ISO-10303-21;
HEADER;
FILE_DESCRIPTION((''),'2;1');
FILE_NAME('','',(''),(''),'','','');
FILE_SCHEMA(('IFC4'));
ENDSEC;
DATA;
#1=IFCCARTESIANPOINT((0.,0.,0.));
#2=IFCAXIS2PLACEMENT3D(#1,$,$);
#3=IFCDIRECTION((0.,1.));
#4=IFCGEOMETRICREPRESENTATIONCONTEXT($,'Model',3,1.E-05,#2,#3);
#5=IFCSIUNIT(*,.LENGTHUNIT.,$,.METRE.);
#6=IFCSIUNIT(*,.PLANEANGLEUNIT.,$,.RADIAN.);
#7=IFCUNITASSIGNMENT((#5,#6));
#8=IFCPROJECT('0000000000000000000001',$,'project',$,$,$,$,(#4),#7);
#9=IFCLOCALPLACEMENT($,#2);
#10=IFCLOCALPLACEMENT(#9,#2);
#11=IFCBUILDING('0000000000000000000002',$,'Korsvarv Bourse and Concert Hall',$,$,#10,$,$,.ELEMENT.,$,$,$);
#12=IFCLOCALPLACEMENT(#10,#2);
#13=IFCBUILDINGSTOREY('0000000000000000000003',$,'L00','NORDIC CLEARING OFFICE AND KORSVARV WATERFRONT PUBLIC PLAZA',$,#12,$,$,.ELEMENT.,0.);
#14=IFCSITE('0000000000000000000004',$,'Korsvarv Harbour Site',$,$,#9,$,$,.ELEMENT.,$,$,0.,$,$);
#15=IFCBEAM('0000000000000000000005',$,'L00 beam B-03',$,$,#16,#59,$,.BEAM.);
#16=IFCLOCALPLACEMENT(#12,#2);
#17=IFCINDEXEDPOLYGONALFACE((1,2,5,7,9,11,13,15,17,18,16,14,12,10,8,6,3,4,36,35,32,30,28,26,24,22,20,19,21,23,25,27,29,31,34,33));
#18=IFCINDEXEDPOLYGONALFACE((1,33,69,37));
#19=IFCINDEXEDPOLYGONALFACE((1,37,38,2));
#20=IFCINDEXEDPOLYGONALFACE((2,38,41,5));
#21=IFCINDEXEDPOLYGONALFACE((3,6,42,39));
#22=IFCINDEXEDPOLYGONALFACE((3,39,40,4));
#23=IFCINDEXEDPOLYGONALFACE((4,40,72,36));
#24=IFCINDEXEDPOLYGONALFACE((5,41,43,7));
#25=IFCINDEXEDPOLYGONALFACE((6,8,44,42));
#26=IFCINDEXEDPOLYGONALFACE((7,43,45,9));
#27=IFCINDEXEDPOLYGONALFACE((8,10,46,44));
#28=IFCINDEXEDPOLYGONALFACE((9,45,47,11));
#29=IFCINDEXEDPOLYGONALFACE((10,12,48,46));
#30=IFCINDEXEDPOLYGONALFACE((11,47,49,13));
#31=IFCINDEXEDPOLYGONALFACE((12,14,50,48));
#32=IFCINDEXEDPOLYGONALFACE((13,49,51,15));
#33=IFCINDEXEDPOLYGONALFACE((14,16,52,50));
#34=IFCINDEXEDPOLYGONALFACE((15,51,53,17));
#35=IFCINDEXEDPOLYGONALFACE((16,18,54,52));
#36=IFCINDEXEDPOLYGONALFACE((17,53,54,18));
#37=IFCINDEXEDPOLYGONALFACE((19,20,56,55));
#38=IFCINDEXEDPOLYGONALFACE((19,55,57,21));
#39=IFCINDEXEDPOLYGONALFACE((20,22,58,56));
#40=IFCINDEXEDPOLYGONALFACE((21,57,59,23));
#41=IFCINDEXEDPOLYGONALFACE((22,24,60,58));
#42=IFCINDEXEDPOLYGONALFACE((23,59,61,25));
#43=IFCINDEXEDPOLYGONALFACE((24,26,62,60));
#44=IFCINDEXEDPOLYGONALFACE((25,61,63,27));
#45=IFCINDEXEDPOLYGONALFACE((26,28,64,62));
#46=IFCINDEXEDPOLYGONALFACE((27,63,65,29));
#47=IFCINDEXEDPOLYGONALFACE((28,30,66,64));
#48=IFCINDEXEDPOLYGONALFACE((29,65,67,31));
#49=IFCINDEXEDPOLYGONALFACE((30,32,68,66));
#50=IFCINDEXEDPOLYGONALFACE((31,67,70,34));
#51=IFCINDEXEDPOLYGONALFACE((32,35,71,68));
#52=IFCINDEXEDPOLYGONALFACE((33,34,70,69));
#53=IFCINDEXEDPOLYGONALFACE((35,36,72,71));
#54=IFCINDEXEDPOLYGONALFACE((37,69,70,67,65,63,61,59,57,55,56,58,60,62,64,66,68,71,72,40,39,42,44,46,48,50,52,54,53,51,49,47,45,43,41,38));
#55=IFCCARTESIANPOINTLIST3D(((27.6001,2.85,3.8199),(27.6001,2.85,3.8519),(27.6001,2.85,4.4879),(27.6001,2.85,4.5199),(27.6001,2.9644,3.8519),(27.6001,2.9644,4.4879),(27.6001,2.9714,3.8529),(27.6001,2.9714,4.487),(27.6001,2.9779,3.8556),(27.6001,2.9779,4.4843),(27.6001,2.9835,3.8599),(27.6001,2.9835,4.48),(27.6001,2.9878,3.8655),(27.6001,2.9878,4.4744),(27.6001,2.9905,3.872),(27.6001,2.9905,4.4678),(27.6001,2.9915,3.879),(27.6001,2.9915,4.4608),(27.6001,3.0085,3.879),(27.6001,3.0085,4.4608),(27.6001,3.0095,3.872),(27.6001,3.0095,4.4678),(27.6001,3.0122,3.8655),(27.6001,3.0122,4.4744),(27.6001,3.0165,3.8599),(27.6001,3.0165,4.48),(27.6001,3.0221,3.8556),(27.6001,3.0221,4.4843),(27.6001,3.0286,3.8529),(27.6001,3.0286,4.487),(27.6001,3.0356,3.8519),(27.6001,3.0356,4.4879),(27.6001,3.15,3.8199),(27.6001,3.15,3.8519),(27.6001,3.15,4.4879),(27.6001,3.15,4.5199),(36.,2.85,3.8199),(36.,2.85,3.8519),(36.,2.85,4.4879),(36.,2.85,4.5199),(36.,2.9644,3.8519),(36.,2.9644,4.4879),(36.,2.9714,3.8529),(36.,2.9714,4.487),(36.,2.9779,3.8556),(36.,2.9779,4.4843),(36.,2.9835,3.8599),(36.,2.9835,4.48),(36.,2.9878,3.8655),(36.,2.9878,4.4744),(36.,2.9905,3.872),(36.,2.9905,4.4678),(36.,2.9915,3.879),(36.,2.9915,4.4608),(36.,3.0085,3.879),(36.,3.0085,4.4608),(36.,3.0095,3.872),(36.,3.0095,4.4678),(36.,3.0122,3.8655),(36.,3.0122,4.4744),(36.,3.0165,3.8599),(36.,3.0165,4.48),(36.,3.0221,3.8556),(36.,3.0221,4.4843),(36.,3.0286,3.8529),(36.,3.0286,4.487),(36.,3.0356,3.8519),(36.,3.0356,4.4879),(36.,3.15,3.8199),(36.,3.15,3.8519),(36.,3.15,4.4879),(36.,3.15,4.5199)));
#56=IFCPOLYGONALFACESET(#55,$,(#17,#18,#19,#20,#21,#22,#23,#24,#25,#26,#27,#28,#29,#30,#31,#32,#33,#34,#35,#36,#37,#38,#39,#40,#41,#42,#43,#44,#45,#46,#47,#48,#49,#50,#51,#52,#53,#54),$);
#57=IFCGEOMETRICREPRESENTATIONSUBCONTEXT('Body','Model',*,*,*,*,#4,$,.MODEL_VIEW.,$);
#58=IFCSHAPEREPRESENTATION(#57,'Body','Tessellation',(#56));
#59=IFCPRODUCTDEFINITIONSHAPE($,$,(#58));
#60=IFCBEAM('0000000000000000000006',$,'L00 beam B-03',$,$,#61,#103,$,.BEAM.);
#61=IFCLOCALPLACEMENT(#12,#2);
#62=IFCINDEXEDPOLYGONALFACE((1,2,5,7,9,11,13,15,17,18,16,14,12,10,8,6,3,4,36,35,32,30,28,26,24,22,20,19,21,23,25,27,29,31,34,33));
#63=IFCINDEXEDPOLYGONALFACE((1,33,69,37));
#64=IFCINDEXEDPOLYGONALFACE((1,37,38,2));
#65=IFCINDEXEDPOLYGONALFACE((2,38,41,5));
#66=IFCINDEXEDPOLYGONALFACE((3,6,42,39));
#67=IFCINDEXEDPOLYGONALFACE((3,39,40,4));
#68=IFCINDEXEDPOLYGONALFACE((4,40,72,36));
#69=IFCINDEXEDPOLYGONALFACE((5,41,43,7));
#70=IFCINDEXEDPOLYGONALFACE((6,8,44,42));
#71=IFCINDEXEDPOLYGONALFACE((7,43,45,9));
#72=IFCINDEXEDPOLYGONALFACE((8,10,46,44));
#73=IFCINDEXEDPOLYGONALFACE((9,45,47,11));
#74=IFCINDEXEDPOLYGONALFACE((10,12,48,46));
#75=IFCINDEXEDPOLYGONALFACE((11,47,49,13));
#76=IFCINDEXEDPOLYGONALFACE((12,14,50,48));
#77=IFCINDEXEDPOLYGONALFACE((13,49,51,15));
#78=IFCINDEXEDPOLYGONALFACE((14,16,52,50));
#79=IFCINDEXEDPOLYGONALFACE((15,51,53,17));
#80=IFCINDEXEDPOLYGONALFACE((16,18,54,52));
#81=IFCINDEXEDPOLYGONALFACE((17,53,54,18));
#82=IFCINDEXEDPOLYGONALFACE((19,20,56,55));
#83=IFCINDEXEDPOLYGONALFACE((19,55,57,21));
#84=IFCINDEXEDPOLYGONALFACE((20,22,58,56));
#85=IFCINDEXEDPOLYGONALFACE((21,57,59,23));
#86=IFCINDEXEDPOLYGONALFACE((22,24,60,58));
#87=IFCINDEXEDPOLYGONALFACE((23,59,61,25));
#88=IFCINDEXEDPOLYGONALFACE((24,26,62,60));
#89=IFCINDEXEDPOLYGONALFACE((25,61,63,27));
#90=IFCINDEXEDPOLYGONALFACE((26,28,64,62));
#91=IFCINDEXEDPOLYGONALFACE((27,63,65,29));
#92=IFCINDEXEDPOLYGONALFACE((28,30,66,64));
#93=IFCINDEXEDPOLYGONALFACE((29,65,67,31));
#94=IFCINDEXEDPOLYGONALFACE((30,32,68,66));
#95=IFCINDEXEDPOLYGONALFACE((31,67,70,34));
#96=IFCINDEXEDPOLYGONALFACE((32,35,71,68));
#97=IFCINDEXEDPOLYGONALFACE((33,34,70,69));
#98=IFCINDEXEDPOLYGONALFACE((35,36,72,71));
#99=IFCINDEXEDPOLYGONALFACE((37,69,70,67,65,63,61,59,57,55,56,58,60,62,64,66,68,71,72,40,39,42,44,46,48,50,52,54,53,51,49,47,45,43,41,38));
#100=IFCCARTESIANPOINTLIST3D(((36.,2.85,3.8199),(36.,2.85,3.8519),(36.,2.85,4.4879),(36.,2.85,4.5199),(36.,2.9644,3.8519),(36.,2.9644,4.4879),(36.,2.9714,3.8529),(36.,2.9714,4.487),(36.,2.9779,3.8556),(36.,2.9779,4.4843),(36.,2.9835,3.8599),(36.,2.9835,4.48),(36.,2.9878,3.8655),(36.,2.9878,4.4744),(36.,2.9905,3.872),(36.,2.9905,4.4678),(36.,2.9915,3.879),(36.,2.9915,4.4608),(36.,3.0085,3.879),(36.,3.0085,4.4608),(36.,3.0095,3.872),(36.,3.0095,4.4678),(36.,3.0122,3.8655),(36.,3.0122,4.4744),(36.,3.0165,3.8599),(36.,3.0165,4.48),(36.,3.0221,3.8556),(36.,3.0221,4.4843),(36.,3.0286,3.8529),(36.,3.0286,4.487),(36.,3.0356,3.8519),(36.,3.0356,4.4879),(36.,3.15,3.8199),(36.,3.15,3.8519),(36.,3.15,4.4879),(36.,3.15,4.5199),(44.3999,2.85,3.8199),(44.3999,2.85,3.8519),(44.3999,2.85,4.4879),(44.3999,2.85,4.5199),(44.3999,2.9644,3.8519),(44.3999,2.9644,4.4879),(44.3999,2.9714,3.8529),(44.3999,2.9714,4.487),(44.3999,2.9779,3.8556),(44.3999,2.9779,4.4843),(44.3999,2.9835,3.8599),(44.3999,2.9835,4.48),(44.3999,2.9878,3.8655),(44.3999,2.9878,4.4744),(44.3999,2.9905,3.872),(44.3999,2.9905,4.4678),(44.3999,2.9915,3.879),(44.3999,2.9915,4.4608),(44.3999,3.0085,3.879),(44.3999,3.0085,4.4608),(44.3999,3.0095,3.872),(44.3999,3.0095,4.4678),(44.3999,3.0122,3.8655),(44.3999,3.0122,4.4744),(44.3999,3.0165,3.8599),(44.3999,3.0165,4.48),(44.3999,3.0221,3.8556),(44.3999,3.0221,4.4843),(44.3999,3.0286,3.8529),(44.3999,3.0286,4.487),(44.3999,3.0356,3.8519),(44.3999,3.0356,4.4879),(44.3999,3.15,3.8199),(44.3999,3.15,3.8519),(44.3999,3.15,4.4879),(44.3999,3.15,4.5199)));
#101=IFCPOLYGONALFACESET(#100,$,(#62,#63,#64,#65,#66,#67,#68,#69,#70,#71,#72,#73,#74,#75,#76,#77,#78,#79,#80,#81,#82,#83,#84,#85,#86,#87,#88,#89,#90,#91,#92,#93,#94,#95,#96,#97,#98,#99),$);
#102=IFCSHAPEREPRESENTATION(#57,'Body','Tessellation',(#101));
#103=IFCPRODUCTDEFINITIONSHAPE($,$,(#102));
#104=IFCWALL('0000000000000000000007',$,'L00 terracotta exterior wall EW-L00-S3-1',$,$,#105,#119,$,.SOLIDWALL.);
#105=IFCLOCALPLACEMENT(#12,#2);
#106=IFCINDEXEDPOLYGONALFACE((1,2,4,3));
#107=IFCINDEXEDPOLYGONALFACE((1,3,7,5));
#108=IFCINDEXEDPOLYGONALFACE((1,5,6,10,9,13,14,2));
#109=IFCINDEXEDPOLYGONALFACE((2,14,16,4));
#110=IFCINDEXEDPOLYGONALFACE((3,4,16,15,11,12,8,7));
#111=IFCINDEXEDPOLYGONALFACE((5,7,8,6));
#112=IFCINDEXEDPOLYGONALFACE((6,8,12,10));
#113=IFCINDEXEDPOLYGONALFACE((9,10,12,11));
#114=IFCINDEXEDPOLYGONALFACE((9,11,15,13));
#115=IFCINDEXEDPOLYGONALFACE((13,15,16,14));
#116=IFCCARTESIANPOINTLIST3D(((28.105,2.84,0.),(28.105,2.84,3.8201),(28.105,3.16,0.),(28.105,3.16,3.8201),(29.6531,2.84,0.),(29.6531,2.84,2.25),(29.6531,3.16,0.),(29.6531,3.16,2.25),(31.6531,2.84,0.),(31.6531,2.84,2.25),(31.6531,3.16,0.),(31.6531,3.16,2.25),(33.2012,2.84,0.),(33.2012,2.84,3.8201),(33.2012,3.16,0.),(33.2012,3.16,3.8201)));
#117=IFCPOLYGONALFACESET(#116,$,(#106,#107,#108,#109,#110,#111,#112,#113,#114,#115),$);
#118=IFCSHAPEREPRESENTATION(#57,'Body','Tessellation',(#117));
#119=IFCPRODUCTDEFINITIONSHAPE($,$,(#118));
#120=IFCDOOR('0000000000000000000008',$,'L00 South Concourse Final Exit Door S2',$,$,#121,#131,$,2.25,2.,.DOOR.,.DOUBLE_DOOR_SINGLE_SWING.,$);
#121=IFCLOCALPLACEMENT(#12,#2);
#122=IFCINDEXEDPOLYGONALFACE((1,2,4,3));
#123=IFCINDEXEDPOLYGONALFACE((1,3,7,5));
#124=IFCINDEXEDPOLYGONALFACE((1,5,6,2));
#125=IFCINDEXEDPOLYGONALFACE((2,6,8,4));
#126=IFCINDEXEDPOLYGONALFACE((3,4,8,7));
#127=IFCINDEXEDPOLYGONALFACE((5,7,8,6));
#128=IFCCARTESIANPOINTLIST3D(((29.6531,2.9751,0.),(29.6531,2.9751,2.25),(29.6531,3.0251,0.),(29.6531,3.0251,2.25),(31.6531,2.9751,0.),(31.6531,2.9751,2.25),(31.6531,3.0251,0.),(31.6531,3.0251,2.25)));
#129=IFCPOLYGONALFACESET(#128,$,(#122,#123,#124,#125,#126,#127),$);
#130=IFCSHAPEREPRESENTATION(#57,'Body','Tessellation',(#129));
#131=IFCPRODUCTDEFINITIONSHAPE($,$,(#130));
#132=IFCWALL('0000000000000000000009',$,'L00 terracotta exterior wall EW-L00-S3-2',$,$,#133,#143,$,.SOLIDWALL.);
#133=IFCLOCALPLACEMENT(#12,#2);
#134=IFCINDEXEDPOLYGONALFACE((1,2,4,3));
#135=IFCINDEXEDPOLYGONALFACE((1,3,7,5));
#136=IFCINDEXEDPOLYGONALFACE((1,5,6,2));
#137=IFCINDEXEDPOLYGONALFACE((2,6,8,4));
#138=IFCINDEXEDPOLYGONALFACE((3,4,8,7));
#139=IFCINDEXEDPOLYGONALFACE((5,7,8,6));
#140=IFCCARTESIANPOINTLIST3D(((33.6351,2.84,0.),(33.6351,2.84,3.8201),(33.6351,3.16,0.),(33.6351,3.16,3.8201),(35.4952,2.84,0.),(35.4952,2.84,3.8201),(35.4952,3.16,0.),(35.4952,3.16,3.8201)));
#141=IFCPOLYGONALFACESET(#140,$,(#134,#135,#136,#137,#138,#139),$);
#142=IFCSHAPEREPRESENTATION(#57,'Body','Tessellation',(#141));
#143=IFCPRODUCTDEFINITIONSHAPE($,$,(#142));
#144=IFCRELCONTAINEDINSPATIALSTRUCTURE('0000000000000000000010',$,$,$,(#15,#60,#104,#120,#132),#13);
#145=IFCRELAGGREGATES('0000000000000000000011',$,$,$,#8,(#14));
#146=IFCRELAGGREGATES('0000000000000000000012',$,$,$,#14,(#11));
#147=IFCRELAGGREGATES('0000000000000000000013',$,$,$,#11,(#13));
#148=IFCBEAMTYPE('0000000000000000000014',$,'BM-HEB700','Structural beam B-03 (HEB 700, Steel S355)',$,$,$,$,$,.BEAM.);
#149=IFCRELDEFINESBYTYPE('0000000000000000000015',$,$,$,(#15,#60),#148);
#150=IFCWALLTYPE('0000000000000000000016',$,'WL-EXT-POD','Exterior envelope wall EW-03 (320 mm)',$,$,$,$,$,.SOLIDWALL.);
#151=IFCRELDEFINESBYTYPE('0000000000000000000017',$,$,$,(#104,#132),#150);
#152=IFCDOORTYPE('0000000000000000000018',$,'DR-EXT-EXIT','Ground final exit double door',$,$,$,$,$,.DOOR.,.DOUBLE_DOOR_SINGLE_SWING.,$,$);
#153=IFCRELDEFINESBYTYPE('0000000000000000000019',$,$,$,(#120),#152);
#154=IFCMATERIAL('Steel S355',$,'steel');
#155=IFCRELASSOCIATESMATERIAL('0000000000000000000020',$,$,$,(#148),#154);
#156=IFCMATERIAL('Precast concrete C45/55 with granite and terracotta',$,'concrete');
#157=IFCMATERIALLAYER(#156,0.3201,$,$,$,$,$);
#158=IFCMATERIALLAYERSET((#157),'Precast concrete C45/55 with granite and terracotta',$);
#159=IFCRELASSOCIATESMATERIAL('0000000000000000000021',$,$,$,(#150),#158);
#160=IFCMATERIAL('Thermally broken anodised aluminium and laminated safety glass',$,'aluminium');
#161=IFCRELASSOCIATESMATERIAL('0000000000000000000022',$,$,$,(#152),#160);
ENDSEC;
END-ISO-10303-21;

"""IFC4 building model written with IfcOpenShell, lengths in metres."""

from ifc_helpers import new_model, si_unit, direction, frame, frame_2d, origin, origin_2d, place, context, subcontext, project, spatial, rectangle, i_section, extrude, source, transform, mapped, material, layer, layer_set, material_profile, profile_set, type_object, element, fill, save


model = new_model("IFC4")

# Units and contexts
model_context = context("Model", 3, precision=1e-05, world=origin(), true_north=direction((0.0, 1.0)))
body_context = subcontext(model_context, "Body", "Model", "MODEL_VIEW")
ifc_project = project(units=[si_unit("LENGTHUNIT", "METRE"), si_unit("PLANEANGLEUNIT", "RADIAN")], contexts=[model_context])

# Site, building, storey
site_placement = place(None, origin())
site = spatial("IfcSite", under=ifc_project, at=site_placement, Name="Korsvarv Harbour Site", CompositionType="ELEMENT", RefElevation=0.0)
building_placement = place(site_placement, origin())
building = spatial("IfcBuilding", under=site, at=building_placement, Name="Korsvarv Bourse and Concert Hall", CompositionType="ELEMENT")
storey_placement = place(building_placement, origin())
storey = spatial("IfcBuildingStorey", under=building, at=storey_placement, Name="L00", Description="NORDIC CLEARING OFFICE AND KORSVARV WATERFRONT PUBLIC PLAZA", CompositionType="ELEMENT", Elevation=0.0)

# Shared definitions
ifc_material_1 = material(Name="Steel S355", Category="steel")

# Beams
ifc_material_profile_1 = material_profile(ifc_material_1, i_section(OverallWidth=0.3, OverallDepth=0.7, WebThickness=0.0171, FlangeThickness=0.032, FilletRadius=0.0271, at=origin_2d()), Name="HEB 700")
ifc_profile_set_1 = profile_set([ifc_material_profile_1], Name="Steel S355")
beam_type = type_object("IfcBeamType", Name="BM-HEB700", Description="Structural beam B-03 (HEB 700, Steel S355)", PredefinedType="BEAM", material=ifc_profile_set_1)
shared_shape_1 = source(origin(), body_context, "Body", "SweptSolid", [
    extrude(i_section(OverallWidth=0.3, OverallDepth=0.7, WebThickness=0.0171, FlangeThickness=0.032, FilletRadius=0.0271, at=origin_2d()), origin(), (0.0, 0.0, 1.0), 8.3999),
])
for number, where, z_axis, x_axis, name in (
    (1, (27.6001, 3.0, 4.1699), (1.0, 0.0, 0.0), (0.0, 1.0, 0.0), "L00 beam B-03"),
    (2, (36.0, 3.0, 4.1699), (1.0, 0.0, 0.0), (0.0, 1.0, 0.0), "L00 beam B-03"),
):
    element("IfcBeam", number, at=place(storey_placement, frame(where, z_axis=z_axis, x_axis=x_axis)), inside=storey, type_object=beam_type, Name=name, PredefinedType="BEAM", context=body_context, shape_type="MappedRepresentation", body=[
        mapped(shared_shape_1, transform((0.0, 0.0, 0.0), scale=1.0)),
    ])

# Wall, opening, door
ifc_material_2 = material(Name="Precast concrete C45/55 with granite and terracotta", Category="concrete")
ifc_layer_1 = layer(ifc_material_2, 0.3201)
ifc_layer_set_1 = layer_set([ifc_layer_1], Name="Precast concrete C45/55 with granite and terracotta")
wall_type_1 = type_object("IfcWallType", Name="WL-EXT-POD", Description="Exterior envelope wall EW-03 (320 mm)", PredefinedType="SOLIDWALL", material=ifc_layer_set_1)
wall_1_placement = place(storey_placement, frame((28.105, 3.0, 0.0), z_axis=(0.0, 0.0, 1.0), x_axis=(1.0, 0.0, 0.0)))
wall_1 = element("IfcWall", 3, at=wall_1_placement, inside=storey, type_object=wall_type_1, Name="L00 terracotta exterior wall EW-L00-S3-1", PredefinedType="SOLIDWALL", context=body_context, shape_type="SweptSolid", body=[
    extrude(rectangle(XDim=5.0962, YDim=0.3201, at=frame_2d((2.5481, 0.0))), origin(), (0.0, 0.0, 1.0), 3.8201),
])
opening_1_placement = place(wall_1_placement, frame((1.5481, 0.0, 0.0)))
opening_1 = element("IfcOpeningElement", 4, at=opening_1_placement, cuts=wall_1, PredefinedType="OPENING", context=body_context, shape_type="SweptSolid", body=[
    extrude(rectangle(XDim=2.0, YDim=2.25, at=frame_2d((1.0, 1.125))), frame((0.0, 0.1699, 0.0), z_axis=(0.0, -1.0, 0.0), x_axis=(1.0, 0.0, 0.0)), (0.0, 0.0, 1.0), 0.3401),
])
ifc_material_3 = material(Name="Thermally broken anodised aluminium and laminated safety glass", Category="aluminium")
door_type_1 = type_object("IfcDoorType", Name="DR-EXT-EXIT", Description="Ground final exit double door", OperationType="DOUBLE_DOOR_SINGLE_SWING", PredefinedType="DOOR", material=ifc_material_3)
door_1_placement = place(opening_1_placement, frame((2.0, 0.0, 0.0), z_axis=(0.0, 0.0, 1.0), x_axis=(-1.0, 0.0, 0.0)))
door_1 = element("IfcDoor", 5, at=door_1_placement, inside=storey, type_object=door_type_1, Name="L00 South Concourse Final Exit Door S2", OperationType="DOUBLE_DOOR_SINGLE_SWING", OverallHeight=2.25, OverallWidth=2.0, PredefinedType="DOOR", context=body_context, shape_type="SweptSolid", body=[
    extrude(rectangle(XDim=2.0, YDim=2.25, at=frame_2d((1.0, 1.125))), frame((0.0, 0.0249, 0.0), z_axis=(0.0, -1.0, 0.0), x_axis=(1.0, 0.0, 0.0)), (0.0, 0.0, 1.0), 0.05),
])
fill(opening_1, door_1)

# Wall
wall_2_placement = place(storey_placement, frame((33.635, 3.0, 0.0), z_axis=(0.0, 0.0, 1.0), x_axis=(1.0, 0.0, 0.0)))
element("IfcWall", 6, at=wall_2_placement, inside=storey, type_object=wall_type_1, Name="L00 terracotta exterior wall EW-L00-S3-2", PredefinedType="SOLIDWALL", context=body_context, shape_type="SweptSolid", body=[
    extrude(rectangle(XDim=1.8601, YDim=0.3201, at=frame_2d((0.9302, 0.0))), origin(), (0.0, 0.0, 1.0), 3.8201),
])

save(model, "model.ifc")
